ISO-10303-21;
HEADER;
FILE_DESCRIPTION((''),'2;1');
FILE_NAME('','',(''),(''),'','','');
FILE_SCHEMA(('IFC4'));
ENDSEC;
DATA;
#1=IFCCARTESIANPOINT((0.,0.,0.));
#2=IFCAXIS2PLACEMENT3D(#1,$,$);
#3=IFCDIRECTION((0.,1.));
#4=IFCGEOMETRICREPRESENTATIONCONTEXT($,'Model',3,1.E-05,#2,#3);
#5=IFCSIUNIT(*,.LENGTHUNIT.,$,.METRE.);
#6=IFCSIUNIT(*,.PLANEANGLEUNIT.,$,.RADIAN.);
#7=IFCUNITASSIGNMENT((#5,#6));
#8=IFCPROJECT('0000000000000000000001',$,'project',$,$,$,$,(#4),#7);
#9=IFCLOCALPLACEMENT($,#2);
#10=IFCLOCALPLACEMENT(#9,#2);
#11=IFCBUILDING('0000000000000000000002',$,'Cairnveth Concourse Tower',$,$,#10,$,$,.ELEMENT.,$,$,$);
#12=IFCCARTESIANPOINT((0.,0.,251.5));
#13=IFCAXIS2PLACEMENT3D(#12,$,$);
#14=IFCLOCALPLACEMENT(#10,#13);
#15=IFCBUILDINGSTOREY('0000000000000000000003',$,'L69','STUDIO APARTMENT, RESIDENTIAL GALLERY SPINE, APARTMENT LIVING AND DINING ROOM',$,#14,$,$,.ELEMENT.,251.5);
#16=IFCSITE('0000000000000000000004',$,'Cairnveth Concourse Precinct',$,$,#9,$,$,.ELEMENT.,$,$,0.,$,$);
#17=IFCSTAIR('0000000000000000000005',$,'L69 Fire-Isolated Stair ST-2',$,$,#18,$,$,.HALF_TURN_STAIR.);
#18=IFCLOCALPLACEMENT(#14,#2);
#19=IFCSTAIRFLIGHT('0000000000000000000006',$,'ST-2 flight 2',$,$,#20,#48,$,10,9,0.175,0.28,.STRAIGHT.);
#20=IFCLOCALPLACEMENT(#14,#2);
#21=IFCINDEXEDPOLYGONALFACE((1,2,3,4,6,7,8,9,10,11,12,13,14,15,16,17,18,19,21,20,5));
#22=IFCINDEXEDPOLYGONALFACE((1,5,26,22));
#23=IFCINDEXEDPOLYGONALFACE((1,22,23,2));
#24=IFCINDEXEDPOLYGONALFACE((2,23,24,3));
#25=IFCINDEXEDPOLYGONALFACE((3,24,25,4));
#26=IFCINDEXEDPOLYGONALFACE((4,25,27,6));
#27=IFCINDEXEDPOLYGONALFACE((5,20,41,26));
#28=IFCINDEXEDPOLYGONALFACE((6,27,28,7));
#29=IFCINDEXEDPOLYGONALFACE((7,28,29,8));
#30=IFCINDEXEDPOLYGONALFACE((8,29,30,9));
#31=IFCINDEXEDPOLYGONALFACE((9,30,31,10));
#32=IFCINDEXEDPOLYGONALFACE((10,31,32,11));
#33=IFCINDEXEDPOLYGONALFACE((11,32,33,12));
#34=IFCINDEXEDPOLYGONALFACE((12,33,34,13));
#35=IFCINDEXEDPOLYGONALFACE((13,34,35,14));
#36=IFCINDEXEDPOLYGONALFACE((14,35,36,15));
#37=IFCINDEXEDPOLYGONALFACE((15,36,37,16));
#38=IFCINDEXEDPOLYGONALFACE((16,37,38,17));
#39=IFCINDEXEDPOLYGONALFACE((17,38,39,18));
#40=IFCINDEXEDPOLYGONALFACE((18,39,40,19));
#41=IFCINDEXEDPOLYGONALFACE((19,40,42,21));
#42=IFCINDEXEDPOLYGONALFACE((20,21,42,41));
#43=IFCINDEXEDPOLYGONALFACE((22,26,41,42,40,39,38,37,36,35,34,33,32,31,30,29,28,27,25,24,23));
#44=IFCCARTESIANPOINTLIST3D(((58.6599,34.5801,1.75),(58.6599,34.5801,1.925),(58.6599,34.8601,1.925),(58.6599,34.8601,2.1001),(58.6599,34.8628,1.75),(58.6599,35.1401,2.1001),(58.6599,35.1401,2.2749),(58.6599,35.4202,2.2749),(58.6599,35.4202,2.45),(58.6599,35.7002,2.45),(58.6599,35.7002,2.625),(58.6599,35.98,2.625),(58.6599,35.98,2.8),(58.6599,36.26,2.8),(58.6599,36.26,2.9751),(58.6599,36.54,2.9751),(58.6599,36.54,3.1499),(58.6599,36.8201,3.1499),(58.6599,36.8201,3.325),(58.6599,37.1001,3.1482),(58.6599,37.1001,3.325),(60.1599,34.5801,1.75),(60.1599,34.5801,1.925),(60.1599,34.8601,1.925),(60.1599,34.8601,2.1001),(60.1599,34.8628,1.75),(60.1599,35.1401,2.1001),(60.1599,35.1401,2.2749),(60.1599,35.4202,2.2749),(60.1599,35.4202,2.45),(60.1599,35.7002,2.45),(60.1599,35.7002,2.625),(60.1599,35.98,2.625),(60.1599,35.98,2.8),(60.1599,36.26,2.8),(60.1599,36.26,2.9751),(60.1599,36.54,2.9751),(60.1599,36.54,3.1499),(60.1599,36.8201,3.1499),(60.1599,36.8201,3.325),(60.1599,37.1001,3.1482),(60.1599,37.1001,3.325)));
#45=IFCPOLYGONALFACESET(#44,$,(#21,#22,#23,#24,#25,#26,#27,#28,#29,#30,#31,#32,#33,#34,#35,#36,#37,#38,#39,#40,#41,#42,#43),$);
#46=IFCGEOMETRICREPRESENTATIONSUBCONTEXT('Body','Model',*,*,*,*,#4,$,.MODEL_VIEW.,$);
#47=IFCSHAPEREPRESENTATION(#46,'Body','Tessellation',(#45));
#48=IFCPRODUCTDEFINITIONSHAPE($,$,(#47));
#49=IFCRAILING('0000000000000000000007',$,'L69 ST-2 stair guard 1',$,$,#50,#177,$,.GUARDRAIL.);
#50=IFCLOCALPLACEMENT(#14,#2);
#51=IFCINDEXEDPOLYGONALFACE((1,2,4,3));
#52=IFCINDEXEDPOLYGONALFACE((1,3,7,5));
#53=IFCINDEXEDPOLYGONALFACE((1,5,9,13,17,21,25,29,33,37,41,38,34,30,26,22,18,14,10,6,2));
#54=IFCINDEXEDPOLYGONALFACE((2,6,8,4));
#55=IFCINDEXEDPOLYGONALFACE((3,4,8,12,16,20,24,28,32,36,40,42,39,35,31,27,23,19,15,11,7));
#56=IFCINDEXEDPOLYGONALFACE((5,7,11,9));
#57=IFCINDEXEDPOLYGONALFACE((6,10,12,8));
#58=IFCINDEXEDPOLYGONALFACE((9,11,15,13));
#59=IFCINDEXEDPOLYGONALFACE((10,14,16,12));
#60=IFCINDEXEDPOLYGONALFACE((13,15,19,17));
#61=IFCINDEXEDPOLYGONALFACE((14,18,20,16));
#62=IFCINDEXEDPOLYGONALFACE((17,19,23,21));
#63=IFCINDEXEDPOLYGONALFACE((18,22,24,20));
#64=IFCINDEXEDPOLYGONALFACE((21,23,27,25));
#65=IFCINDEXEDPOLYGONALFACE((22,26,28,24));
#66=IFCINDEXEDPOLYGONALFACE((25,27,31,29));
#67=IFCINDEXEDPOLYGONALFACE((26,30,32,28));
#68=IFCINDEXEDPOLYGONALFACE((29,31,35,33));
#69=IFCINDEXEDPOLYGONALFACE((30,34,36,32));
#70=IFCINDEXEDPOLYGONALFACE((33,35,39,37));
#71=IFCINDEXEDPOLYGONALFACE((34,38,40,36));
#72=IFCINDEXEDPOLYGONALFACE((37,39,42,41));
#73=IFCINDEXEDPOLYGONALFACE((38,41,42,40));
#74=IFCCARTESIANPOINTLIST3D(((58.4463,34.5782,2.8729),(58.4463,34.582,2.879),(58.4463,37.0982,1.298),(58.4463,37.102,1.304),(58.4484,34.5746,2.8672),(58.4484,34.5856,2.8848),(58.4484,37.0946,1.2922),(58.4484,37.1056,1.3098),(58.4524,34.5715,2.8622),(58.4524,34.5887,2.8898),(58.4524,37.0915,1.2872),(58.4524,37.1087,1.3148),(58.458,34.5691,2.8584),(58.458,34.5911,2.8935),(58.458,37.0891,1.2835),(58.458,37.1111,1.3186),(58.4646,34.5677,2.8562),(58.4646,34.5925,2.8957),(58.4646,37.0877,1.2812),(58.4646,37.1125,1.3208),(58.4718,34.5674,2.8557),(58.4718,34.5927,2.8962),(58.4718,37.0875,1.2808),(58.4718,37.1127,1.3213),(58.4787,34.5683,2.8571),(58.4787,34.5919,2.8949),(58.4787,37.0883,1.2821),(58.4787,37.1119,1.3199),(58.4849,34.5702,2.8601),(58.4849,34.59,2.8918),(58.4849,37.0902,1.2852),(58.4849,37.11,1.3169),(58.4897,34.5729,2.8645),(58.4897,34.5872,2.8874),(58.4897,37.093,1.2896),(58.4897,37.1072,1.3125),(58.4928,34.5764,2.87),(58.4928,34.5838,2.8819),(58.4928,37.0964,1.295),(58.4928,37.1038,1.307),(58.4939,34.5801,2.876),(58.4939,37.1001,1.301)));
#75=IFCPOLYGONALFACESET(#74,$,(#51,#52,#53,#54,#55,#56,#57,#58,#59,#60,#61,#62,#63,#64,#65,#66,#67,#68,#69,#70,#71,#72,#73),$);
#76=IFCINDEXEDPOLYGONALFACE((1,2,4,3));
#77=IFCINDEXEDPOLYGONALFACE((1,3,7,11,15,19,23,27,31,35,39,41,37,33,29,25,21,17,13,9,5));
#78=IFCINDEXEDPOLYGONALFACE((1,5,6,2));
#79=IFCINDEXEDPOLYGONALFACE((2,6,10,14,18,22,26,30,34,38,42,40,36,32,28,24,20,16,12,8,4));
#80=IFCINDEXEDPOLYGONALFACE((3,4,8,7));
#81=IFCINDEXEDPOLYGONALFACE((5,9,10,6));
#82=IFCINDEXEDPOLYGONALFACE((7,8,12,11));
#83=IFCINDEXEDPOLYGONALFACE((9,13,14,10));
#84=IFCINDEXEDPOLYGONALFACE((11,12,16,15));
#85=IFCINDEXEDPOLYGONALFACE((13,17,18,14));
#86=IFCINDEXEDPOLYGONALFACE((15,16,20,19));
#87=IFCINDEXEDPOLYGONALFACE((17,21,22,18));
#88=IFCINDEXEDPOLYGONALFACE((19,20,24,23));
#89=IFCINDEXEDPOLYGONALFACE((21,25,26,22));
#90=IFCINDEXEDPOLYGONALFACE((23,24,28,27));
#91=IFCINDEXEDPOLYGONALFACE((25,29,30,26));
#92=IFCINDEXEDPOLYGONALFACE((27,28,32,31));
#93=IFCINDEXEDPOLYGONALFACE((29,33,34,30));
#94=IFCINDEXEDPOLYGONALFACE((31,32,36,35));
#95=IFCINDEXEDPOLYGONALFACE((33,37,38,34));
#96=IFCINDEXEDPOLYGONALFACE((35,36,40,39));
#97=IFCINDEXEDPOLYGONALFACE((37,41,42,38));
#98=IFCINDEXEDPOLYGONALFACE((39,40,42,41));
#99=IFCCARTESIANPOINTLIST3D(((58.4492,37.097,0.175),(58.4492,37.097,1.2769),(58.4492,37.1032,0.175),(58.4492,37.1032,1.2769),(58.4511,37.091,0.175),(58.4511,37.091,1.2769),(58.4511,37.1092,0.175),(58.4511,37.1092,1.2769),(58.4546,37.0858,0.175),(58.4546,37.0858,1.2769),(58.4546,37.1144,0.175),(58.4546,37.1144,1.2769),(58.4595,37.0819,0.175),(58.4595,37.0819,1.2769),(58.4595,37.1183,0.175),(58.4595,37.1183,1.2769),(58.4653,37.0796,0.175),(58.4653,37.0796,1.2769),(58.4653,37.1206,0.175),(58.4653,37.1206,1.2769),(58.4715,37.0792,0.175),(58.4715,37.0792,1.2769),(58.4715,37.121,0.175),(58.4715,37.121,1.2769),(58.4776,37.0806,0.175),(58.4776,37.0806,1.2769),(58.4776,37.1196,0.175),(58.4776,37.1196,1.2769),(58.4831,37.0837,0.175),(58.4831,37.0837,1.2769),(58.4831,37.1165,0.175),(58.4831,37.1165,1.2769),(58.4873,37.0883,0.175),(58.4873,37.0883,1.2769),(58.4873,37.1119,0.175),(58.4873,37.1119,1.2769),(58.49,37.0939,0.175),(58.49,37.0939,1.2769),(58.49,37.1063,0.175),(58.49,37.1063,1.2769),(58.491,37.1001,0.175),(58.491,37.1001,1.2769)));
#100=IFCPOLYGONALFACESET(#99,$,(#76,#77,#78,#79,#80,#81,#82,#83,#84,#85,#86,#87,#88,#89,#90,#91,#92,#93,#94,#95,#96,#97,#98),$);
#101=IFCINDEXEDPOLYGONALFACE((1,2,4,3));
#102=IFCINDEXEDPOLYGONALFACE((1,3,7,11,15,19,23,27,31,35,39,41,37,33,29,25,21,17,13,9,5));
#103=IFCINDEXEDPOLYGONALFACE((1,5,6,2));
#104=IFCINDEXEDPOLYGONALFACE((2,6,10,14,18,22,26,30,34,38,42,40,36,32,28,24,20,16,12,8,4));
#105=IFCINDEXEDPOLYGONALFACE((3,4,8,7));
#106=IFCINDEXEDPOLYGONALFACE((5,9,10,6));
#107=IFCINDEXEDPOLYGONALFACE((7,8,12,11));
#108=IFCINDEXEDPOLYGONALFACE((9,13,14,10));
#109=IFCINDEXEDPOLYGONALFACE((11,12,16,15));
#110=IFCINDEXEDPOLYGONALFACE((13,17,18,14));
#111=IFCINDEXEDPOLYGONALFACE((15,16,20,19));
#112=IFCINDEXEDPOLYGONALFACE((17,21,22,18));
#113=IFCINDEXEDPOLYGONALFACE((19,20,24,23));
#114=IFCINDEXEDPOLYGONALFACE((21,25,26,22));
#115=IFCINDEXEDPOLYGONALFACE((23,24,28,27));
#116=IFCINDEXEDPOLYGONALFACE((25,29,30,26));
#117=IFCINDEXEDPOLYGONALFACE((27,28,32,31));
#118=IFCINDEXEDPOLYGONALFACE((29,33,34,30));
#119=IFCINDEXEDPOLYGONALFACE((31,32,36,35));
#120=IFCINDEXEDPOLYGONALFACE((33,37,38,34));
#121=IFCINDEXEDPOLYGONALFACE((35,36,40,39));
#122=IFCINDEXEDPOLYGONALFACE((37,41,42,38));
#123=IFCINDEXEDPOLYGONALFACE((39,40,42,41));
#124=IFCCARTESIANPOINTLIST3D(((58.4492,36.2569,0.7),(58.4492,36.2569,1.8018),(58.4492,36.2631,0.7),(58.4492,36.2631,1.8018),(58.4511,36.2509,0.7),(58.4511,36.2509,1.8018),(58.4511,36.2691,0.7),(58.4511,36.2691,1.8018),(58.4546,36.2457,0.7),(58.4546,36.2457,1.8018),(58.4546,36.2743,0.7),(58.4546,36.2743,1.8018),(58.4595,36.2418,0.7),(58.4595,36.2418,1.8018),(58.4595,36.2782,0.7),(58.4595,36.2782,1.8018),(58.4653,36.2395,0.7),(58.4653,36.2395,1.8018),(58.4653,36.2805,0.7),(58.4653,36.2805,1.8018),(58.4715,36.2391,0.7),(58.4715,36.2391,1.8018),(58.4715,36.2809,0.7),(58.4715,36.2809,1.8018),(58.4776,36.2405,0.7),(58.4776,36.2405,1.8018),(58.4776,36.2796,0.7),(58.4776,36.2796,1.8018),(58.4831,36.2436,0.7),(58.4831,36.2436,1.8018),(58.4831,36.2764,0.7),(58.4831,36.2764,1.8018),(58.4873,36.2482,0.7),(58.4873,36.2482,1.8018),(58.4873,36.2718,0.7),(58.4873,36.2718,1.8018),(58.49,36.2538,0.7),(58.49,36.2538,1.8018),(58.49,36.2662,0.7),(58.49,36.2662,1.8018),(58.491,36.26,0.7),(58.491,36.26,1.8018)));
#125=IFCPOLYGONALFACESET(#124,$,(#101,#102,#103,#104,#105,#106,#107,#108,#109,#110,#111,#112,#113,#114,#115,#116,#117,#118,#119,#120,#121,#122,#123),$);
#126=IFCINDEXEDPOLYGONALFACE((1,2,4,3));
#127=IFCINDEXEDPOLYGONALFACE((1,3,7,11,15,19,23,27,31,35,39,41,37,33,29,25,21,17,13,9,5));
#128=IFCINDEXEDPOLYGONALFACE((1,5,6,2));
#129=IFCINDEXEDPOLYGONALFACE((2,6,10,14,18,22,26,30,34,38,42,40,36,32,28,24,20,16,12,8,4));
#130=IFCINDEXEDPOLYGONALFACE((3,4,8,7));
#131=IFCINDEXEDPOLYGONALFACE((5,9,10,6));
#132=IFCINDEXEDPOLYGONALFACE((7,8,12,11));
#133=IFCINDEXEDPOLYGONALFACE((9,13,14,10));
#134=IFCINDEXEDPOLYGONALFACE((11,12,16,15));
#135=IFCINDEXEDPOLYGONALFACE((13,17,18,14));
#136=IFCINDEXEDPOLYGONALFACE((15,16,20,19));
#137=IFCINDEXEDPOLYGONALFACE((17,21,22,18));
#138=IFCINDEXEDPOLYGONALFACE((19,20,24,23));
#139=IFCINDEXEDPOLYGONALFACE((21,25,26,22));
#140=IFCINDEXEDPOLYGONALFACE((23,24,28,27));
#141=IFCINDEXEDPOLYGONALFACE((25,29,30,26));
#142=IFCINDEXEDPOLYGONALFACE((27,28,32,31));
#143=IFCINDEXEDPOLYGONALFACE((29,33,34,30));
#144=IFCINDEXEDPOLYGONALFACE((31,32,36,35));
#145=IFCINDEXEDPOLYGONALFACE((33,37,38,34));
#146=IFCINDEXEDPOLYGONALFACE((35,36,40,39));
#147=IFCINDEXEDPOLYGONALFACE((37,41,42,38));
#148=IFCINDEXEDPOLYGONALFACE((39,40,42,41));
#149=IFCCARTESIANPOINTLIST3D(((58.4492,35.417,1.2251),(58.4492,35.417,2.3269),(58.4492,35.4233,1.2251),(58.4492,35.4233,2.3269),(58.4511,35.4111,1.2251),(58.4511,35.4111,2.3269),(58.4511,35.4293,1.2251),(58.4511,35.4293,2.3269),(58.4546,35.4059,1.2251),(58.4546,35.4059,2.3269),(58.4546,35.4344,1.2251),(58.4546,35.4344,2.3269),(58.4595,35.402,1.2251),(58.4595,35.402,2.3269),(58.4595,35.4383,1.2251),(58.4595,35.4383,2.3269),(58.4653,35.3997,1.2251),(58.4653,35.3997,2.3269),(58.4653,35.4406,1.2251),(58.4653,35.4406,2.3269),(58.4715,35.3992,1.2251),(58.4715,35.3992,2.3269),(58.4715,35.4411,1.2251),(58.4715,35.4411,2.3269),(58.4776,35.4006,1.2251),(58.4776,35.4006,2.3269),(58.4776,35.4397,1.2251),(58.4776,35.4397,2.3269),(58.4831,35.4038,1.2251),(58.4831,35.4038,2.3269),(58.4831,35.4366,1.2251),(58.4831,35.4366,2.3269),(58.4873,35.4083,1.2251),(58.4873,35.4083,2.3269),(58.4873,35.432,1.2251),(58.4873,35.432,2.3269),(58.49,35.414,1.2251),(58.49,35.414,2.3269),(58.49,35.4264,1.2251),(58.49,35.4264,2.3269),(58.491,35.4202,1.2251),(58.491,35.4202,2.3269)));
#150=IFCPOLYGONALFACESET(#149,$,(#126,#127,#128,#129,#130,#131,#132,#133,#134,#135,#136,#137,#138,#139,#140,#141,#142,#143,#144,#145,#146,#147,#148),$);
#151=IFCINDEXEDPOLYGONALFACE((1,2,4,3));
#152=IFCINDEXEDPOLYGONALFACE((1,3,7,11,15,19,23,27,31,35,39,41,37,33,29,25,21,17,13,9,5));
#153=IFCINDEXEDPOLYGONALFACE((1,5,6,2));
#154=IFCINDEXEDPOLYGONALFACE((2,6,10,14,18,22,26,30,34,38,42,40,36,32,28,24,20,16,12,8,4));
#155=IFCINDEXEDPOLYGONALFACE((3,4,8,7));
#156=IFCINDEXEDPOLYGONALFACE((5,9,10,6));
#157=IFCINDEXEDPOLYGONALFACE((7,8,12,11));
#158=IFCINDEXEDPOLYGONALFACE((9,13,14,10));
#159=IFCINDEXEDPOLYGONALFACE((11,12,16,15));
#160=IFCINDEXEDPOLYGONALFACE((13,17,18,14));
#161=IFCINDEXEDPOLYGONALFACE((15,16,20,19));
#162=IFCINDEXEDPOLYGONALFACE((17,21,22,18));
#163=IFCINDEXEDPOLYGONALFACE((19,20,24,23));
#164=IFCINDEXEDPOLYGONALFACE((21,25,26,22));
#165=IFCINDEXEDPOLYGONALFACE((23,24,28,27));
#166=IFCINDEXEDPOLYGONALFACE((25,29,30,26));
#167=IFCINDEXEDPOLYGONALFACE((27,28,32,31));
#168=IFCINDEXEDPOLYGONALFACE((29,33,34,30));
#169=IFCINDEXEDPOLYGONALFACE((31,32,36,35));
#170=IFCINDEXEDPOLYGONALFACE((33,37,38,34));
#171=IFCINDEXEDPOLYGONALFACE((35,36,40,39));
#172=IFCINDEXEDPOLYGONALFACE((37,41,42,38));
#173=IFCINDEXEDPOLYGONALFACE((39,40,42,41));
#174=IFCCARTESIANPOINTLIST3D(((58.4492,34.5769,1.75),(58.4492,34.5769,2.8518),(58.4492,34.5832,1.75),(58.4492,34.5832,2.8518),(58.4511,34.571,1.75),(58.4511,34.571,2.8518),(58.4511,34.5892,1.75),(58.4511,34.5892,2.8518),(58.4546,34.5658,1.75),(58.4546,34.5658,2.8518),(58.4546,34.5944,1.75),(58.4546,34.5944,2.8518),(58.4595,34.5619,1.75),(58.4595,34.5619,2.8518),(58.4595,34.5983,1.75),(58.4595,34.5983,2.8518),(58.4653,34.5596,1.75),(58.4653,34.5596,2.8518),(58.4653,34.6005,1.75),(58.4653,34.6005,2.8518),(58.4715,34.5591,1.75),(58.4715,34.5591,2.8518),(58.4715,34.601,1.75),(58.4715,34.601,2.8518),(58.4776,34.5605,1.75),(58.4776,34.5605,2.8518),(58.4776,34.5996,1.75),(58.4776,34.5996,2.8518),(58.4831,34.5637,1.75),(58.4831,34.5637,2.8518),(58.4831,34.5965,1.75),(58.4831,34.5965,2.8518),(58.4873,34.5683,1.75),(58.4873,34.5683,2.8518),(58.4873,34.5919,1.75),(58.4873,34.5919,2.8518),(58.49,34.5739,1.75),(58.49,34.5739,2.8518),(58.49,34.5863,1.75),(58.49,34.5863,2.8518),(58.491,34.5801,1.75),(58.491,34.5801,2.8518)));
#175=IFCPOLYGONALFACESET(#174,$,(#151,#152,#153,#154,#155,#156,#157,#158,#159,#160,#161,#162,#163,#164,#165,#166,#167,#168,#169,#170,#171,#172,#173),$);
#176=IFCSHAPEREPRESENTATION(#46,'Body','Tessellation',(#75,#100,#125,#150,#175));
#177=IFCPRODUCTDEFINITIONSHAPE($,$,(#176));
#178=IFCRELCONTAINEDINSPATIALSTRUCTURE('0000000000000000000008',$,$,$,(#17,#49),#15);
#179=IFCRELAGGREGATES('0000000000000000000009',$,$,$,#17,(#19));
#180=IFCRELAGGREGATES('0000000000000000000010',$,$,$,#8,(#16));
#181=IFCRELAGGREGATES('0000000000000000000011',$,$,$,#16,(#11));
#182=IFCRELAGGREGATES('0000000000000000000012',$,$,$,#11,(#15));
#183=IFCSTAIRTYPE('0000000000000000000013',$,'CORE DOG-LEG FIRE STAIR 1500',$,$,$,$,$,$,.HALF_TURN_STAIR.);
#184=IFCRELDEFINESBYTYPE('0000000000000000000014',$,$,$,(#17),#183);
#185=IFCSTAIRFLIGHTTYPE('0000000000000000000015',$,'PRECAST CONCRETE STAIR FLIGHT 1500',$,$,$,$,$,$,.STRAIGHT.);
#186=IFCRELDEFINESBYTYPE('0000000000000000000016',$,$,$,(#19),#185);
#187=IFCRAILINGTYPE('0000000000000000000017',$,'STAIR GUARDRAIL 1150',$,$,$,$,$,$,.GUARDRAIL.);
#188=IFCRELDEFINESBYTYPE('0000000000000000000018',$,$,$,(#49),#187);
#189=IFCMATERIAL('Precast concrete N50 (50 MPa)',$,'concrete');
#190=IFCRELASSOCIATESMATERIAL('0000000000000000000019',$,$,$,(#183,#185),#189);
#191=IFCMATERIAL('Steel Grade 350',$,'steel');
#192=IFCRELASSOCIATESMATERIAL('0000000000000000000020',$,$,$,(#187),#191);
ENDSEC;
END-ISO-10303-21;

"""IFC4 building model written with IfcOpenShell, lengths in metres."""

from ifc_helpers import new_model, si_unit, direction, frame, origin, origin_2d, place, context, subcontext, project, spatial, polyline, circle, outline, extrude, material, type_object, element, aggregate, save


model = new_model("IFC4")

# Units and contexts
model_context = context("Model", 3, precision=1e-05, world=origin(), true_north=direction((0.0, 1.0)))
body_context = subcontext(model_context, "Body", "Model", "MODEL_VIEW")
ifc_project = project(units=[si_unit("LENGTHUNIT", "METRE"), si_unit("PLANEANGLEUNIT", "RADIAN")], contexts=[model_context])

# Site, building, storey
site_placement = place(None, origin())
site = spatial("IfcSite", under=ifc_project, at=site_placement, Name="Cairnveth Concourse Precinct", CompositionType="ELEMENT", RefElevation=0.0)
building_placement = place(site_placement, origin())
building = spatial("IfcBuilding", under=site, at=building_placement, Name="Cairnveth Concourse Tower", CompositionType="ELEMENT")
storey_placement = place(building_placement, frame((0.0, 0.0, 251.5)))
storey = spatial("IfcBuildingStorey", under=building, at=storey_placement, Name="L69", Description="STUDIO APARTMENT, RESIDENTIAL GALLERY SPINE, APARTMENT LIVING AND DINING ROOM", CompositionType="ELEMENT", Elevation=251.5)

# Shared definitions
ifc_material_1 = material(Name="Steel Grade 350", Category="steel")

# Stair, stair flight
ifc_material_2 = material(Name="Precast concrete N50 (50 MPa)", Category="concrete")
stair_type = type_object("IfcStairType", Name="CORE DOG-LEG FIRE STAIR 1500", PredefinedType="HALF_TURN_STAIR", material=ifc_material_2)
stair_placement = place(storey_placement, origin())
stair = element("IfcStair", 1, at=stair_placement, inside=storey, type_object=stair_type, Name="L69 Fire-Isolated Stair ST-2", PredefinedType="HALF_TURN_STAIR")
stair_flight_type = type_object("IfcStairFlightType", Name="PRECAST CONCRETE STAIR FLIGHT 1500", PredefinedType="STRAIGHT", material=ifc_material_2)
stair_flight_1_placement = place(storey_placement, frame((59.4099, 34.5801, 1.75), z_axis=(0.0, 0.0, 1.0), x_axis=(0.0, 1.0, 0.0)))
stair_flight_1 = element("IfcStairFlight", 2, at=stair_flight_1_placement, type_object=stair_flight_type, Name="ST-2 flight 2", NumberOfRisers=10, NumberOfTreads=9, PredefinedType="STRAIGHT", RiserHeight=0.175, TreadLength=0.28, context=body_context, shape_type="SweptSolid", body=[
    extrude(outline(polyline([(0.0, 0.0), (0.0, 0.175), (0.28, 0.175), (0.28, 0.3501), (0.5601, 0.3501), (0.5601, 0.5249), (0.8401, 0.5249), (0.8401, 0.7), (1.1201, 0.7), (1.1201, 0.875), (1.3999, 0.875), (1.3999, 1.05), (1.6799, 1.05), (1.6799, 1.2251), (1.96, 1.2251), (1.96, 1.3999), (2.24, 1.3999), (2.24, 1.575), (2.52, 1.575), (2.52, 1.75), (2.52, 1.3982), (0.2827, 0.0), (0.0, 0.0)])), frame((0.0, 0.75, 0.0), z_axis=(0.0, -1.0, 0.0), x_axis=(1.0, 0.0, 0.0)), (0.0, 0.0, 1.0), 1.5),
])
aggregate(stair, [stair_flight_1])

# Railing
railing_type_1 = type_object("IfcRailingType", Name="STAIR GUARDRAIL 1150", PredefinedType="GUARDRAIL", material=ifc_material_1)
railing_1_placement = place(storey_placement, frame((58.47, 37.1001, 0.175)))
element("IfcRailing", 3, at=railing_1_placement, inside=storey, type_object=railing_type_1, Name="L69 ST-2 stair guard 1", PredefinedType="GUARDRAIL", context=body_context, shape_type="SweptSolid", body=[
    extrude(circle(Radius=0.0239, at=origin_2d()), frame((0.0, 0.0, 1.126), z_axis=(0.0, -0.848008, 0.529984), x_axis=(1.0, 0.0, 0.0)), (0.0, 0.0, 1.0), 2.9717),
    extrude(circle(Radius=0.021, at=origin_2d()), origin(), (0.0, 0.0, 1.0), 1.1018),
    extrude(circle(Radius=0.021, at=origin_2d()), frame((0.0, -0.8401, 0.5249)), (0.0, 0.0, 1.0), 1.1018),
    extrude(circle(Radius=0.021, at=origin_2d()), frame((0.0, -1.6799, 1.05)), (0.0, 0.0, 1.0), 1.1018),
    extrude(circle(Radius=0.021, at=origin_2d()), frame((0.0, -2.52, 1.575)), (0.0, 0.0, 1.0), 1.1018),
])

save(model, "model.ifc")
